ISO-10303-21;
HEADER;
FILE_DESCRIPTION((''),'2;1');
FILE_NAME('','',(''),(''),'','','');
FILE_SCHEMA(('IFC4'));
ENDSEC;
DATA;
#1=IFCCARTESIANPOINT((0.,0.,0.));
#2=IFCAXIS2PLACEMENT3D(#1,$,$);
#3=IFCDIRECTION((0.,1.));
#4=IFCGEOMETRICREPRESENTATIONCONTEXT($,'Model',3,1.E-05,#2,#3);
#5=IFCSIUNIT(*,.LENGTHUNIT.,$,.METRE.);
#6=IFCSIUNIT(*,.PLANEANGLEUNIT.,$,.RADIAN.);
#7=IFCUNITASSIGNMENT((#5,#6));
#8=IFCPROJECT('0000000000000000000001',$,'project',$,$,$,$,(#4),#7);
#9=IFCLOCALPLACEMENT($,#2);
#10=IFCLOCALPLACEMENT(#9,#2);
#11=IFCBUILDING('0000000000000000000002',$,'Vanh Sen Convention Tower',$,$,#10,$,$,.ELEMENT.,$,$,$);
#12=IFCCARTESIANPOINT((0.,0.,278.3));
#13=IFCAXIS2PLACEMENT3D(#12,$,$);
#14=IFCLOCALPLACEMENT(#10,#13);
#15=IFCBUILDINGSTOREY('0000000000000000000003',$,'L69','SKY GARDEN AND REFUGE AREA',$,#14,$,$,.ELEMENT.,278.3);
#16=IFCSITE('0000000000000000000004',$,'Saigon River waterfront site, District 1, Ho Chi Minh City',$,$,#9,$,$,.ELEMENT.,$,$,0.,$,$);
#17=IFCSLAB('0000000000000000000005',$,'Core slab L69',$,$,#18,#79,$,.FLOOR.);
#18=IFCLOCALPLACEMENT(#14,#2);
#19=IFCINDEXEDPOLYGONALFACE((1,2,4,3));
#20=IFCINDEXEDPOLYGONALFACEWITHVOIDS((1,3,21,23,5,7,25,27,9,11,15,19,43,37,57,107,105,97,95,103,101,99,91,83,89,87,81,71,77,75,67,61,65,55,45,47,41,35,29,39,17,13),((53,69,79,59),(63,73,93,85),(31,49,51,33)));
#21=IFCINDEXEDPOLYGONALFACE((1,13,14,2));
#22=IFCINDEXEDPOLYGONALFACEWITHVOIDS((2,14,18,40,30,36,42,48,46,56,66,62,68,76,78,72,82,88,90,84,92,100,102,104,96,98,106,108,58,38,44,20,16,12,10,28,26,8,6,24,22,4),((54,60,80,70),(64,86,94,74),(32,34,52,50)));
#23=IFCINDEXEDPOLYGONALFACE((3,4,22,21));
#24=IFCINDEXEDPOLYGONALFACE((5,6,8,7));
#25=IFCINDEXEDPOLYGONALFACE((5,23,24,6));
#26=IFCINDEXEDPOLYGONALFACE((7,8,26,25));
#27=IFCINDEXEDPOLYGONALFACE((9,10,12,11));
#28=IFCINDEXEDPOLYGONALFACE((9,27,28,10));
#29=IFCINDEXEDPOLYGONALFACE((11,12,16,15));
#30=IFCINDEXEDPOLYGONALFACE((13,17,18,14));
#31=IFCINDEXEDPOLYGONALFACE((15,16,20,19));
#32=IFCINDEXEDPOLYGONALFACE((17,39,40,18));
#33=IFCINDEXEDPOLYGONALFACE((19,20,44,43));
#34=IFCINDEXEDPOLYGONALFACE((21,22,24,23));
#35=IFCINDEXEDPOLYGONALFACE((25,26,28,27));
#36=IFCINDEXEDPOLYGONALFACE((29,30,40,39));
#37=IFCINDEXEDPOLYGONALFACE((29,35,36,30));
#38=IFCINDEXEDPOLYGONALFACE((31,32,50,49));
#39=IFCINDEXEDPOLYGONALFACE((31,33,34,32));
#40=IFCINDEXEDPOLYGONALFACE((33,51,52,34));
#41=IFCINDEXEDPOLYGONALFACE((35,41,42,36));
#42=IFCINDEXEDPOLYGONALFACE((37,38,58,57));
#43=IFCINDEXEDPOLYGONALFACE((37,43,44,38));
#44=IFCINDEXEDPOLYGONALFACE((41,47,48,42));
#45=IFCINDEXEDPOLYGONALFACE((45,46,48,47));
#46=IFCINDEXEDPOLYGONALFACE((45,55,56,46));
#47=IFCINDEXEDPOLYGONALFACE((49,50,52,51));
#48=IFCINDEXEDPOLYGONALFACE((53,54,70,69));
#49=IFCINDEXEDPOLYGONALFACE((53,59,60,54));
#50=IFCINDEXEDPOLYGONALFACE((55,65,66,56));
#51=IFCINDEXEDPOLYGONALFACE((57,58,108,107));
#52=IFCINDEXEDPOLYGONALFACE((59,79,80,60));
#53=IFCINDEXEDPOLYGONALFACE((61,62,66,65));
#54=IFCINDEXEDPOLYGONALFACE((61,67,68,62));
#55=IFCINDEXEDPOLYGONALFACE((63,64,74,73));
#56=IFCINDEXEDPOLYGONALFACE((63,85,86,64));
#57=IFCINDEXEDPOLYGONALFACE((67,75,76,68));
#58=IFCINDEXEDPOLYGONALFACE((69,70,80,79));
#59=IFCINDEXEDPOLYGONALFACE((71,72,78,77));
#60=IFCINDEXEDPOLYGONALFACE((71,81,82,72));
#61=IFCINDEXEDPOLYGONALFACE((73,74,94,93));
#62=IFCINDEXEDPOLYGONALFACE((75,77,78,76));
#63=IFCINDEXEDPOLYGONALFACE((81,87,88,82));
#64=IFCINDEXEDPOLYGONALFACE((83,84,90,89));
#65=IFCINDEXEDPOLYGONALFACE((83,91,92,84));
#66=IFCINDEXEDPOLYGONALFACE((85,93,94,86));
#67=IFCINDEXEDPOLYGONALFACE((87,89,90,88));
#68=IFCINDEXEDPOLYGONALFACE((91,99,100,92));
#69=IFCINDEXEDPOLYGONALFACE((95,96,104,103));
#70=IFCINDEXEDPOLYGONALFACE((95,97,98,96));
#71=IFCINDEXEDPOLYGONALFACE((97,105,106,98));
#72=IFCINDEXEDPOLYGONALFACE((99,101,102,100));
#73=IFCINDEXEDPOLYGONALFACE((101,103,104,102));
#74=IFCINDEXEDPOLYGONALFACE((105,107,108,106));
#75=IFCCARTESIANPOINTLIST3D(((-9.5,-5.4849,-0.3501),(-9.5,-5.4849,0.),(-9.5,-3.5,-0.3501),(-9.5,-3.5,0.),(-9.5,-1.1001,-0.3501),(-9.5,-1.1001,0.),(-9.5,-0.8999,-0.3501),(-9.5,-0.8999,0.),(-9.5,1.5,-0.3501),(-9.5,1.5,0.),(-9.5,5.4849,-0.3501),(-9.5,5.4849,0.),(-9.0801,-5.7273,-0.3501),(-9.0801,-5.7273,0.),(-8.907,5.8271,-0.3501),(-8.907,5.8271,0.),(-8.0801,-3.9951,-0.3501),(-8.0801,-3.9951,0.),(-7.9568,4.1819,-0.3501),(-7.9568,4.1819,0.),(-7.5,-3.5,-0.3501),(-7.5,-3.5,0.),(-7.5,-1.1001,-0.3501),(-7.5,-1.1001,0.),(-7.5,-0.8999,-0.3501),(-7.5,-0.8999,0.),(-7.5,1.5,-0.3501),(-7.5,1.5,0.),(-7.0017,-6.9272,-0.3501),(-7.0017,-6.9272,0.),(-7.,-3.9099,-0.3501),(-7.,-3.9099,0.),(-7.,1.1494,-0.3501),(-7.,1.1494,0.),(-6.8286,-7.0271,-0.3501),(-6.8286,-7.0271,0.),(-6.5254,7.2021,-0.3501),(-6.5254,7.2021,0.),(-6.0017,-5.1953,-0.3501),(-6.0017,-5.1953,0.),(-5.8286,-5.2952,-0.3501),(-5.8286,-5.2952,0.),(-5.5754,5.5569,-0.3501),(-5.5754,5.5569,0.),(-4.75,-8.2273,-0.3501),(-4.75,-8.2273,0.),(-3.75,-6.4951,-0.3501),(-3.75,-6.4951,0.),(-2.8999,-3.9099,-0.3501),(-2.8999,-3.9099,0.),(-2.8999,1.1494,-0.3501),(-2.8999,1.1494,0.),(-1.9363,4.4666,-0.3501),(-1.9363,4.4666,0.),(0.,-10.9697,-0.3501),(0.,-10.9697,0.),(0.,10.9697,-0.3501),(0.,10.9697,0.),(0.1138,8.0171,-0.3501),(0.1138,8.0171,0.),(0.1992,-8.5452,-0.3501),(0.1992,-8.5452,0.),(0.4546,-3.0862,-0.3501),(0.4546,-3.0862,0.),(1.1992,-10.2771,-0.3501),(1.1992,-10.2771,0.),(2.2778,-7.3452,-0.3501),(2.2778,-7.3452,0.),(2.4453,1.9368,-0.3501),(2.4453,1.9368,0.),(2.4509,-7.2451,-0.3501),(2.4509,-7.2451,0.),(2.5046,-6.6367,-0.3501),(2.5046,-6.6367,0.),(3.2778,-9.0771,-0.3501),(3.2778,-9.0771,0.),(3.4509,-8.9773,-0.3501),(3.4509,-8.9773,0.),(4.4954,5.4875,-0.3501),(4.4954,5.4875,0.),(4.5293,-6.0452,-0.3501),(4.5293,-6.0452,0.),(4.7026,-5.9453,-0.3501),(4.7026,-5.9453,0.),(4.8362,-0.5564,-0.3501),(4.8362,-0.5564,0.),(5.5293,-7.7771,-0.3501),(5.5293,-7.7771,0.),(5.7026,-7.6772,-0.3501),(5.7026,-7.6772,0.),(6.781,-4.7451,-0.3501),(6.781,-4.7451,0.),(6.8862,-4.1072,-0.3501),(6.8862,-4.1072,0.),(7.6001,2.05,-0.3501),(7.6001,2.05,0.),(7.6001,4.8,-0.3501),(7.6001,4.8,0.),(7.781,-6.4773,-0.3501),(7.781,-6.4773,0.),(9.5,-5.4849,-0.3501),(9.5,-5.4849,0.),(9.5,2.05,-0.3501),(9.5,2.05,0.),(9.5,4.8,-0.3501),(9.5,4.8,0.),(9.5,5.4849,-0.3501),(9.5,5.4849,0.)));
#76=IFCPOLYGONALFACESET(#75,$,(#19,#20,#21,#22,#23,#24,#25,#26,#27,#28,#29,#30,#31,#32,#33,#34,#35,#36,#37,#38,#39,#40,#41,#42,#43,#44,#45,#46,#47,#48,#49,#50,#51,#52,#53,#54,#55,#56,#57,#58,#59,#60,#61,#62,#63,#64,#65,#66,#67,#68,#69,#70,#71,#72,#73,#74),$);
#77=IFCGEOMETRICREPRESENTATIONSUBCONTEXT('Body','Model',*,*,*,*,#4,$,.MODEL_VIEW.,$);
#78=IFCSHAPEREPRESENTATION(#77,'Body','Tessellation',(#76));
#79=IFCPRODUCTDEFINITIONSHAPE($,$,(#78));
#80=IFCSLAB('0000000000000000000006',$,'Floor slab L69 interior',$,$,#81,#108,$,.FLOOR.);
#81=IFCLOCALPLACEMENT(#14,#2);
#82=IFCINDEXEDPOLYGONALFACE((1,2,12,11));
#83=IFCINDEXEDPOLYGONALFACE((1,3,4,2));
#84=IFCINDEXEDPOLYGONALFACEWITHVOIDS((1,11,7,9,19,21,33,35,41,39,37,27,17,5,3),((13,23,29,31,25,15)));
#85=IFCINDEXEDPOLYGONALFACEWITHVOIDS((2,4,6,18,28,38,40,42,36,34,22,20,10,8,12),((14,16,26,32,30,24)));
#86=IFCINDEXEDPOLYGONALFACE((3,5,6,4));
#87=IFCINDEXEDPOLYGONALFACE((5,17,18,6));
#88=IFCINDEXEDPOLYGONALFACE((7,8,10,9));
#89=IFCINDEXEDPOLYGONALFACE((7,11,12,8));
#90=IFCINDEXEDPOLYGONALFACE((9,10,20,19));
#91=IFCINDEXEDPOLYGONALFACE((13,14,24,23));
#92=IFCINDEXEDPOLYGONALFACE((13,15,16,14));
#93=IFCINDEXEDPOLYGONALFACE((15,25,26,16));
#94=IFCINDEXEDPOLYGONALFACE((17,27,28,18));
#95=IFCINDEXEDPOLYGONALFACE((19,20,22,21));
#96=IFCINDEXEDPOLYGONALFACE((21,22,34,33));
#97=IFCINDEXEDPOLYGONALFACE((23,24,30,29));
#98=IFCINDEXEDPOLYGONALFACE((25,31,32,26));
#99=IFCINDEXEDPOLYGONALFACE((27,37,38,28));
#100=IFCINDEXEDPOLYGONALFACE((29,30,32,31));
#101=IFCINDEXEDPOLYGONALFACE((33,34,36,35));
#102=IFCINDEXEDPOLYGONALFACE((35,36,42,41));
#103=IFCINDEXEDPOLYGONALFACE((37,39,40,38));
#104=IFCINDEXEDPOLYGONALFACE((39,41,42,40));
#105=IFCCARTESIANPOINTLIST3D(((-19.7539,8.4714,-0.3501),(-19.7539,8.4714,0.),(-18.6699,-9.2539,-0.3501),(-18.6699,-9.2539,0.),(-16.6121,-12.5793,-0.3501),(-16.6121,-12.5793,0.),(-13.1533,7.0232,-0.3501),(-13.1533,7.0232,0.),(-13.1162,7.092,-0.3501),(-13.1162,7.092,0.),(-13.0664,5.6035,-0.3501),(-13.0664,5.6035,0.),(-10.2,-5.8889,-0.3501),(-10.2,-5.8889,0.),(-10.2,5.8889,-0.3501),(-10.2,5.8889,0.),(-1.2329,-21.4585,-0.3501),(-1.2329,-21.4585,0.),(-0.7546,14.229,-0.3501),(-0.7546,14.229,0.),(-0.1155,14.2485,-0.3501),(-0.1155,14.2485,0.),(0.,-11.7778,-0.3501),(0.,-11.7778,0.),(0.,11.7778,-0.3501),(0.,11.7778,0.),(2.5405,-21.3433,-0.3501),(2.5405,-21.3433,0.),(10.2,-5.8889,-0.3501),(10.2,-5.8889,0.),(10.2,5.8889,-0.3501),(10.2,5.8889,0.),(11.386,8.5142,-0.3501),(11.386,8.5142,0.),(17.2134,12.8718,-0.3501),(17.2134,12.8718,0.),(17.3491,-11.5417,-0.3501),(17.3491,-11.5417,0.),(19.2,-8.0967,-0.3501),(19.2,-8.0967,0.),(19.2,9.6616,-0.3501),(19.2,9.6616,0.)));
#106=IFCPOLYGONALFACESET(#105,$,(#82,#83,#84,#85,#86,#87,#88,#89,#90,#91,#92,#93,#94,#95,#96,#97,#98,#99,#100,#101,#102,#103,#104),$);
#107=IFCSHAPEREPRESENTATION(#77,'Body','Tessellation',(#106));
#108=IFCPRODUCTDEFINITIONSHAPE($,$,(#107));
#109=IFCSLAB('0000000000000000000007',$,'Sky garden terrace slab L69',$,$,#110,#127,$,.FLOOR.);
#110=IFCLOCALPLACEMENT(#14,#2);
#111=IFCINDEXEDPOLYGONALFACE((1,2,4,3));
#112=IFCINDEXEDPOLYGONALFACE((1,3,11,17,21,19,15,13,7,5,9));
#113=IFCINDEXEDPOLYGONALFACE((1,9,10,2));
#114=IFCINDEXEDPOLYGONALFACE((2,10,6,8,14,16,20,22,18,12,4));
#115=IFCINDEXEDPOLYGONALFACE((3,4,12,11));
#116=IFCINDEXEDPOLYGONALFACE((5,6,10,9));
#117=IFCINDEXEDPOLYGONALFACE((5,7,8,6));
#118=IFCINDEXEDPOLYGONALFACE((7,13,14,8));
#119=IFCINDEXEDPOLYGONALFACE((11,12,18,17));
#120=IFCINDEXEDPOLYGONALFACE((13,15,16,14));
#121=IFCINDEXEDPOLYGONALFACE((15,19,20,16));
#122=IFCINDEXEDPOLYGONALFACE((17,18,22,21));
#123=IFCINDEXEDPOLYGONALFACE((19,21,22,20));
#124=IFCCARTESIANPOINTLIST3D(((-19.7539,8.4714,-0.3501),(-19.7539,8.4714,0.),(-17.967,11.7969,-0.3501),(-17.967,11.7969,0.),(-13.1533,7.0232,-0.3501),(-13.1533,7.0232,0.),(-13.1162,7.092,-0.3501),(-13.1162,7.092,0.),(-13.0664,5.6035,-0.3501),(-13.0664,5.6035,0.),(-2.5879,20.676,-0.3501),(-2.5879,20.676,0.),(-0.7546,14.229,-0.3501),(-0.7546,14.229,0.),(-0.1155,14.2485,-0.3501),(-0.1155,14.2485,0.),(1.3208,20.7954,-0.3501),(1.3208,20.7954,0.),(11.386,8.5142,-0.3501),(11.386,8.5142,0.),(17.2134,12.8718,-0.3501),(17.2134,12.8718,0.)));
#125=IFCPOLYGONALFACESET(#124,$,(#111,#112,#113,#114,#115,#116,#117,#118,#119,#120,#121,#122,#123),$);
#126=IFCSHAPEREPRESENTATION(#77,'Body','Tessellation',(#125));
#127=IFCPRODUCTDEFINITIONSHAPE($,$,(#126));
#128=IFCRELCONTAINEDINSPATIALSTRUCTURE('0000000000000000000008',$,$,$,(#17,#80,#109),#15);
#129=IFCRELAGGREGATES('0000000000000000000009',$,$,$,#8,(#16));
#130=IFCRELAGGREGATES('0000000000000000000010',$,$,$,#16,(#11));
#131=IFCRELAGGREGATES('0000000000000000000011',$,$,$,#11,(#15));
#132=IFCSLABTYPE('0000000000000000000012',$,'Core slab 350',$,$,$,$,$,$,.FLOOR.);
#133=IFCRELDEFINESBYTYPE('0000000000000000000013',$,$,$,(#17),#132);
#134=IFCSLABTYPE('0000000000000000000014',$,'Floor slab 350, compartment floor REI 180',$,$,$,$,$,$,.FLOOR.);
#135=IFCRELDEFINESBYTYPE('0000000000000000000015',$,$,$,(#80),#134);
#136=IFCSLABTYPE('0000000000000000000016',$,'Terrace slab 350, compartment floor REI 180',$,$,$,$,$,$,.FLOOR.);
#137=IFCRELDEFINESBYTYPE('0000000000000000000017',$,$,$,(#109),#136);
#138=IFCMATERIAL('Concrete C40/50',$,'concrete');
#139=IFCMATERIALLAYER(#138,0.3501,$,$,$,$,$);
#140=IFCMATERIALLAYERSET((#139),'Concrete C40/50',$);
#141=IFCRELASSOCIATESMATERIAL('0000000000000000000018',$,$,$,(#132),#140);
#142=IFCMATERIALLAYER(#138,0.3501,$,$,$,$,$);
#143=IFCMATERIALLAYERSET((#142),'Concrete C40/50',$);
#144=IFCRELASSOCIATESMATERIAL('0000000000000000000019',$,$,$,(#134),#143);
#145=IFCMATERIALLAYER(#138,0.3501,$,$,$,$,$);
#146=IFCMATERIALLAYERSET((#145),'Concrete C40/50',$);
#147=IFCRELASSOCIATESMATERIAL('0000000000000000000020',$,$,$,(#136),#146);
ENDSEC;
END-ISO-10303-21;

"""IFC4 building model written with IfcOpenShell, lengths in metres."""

from ifc_helpers import new_model, si_unit, direction, frame, origin, place, context, subcontext, project, spatial, polyline, outline, extrude, material, layer, layer_set, type_object, element, save


model = new_model("IFC4")

# Units and contexts
model_context = context("Model", 3, precision=1e-05, world=origin(), true_north=direction((0.0, 1.0)))
body_context = subcontext(model_context, "Body", "Model", "MODEL_VIEW")
ifc_project = project(units=[si_unit("LENGTHUNIT", "METRE"), si_unit("PLANEANGLEUNIT", "RADIAN")], contexts=[model_context])

# Site, building, storey
site_placement = place(None, origin())
site = spatial("IfcSite", under=ifc_project, at=site_placement, Name="Saigon River waterfront site, District 1, Ho Chi Minh City", CompositionType="ELEMENT", RefElevation=0.0)
building_placement = place(site_placement, origin())
building = spatial("IfcBuilding", under=site, at=building_placement, Name="Vanh Sen Convention Tower", CompositionType="ELEMENT")
storey_placement = place(building_placement, frame((0.0, 0.0, 278.3)))
storey = spatial("IfcBuildingStorey", under=building, at=storey_placement, Name="L69", Description="SKY GARDEN AND REFUGE AREA", CompositionType="ELEMENT", Elevation=278.3)

# Slabs
ifc_material_1 = material(Name="Concrete C40/50", Category="concrete")
ifc_layer_1 = layer(ifc_material_1, 0.3501)
ifc_layer_set_1 = layer_set([ifc_layer_1], Name="Concrete C40/50")
slab_type_1 = type_object("IfcSlabType", Name="Core slab 350", PredefinedType="FLOOR", material=ifc_layer_set_1)
slab_1_placement = place(storey_placement, frame((0.0, 0.0, -0.3501)))
element("IfcSlab", 1, at=slab_1_placement, inside=storey, type_object=slab_type_1, Name="Core slab L69", PredefinedType="FLOOR", context=body_context, shape_type="SweptSolid", body=[
    extrude(outline(polyline([(0.0, 10.9697), (9.5, 5.4849), (9.5, 4.8), (7.6001, 4.8), (7.6001, 2.05), (9.5, 2.05), (9.5, -5.4849), (7.781, -6.4773), (6.781, -4.7451), (4.7026, -5.9453), (5.7026, -7.6772), (5.5293, -7.7771), (4.5293, -6.0452), (2.4509, -7.2451), (3.4509, -8.9773), (3.2778, -9.0771), (2.2778, -7.3452), (0.1992, -8.5452), (1.1992, -10.2771), (0.0, -10.9697), (-4.75, -8.2273), (-3.75, -6.4951), (-5.8286, -5.2952), (-6.8286, -7.0271), (-7.0017, -6.9272), (-6.0017, -5.1953), (-8.0801, -3.9951), (-9.0801, -5.7273), (-9.5, -5.4849), (-9.5, -3.5), (-7.5, -3.5), (-7.5, -1.1001), (-9.5, -1.1001), (-9.5, -0.8999), (-7.5, -0.8999), (-7.5, 1.5), (-9.5, 1.5), (-9.5, 5.4849), (-8.907, 5.8271), (-7.9568, 4.1819), (-5.5754, 5.5569), (-6.5254, 7.2021), (0.0, 10.9697)]), holes=[polyline([(-7.0, 1.1494), (-7.0, -3.9099), (-2.8999, -3.9099), (-2.8999, 1.1494), (-7.0, 1.1494)]), polyline([(2.5046, -6.6367), (6.8862, -4.1072), (4.8362, -0.5564), (0.4546, -3.0862), (2.5046, -6.6367)]), polyline([(0.1138, 8.0171), (-1.9363, 4.4666), (2.4453, 1.9368), (4.4954, 5.4875), (0.1138, 8.0171)])]), origin(), (0.0, 0.0, 1.0), 0.3501),
])
ifc_layer_2 = layer(ifc_material_1, 0.3501)
ifc_layer_set_2 = layer_set([ifc_layer_2], Name="Concrete C40/50")
slab_type_2 = type_object("IfcSlabType", Name="Floor slab 350, compartment floor REI 180", PredefinedType="FLOOR", material=ifc_layer_set_2)
slab_2_placement = place(storey_placement, frame((0.0, 0.0, -0.3501)))
element("IfcSlab", 2, at=slab_2_placement, inside=storey, type_object=slab_type_2, Name="Floor slab L69 interior", PredefinedType="FLOOR", context=body_context, shape_type="SweptSolid", body=[
    extrude(outline(polyline([(17.2134, 12.8718), (17.2134, 12.8718), (11.386, 8.5142), (-0.1155, 14.2485), (-0.7546, 14.229), (-13.1162, 7.092), (-13.1533, 7.0232), (-13.0664, 5.6035), (-19.7539, 8.4714), (-18.6699, -9.2539), (-16.6121, -12.5793), (-1.2329, -21.4585), (2.5405, -21.3433), (17.3491, -11.5417), (19.2, -8.0967), (19.2, 9.6616), (17.2134, 12.8718)]), holes=[polyline([(0.0, 11.7778), (-10.2, 5.8889), (-10.2, -5.8889), (0.0, -11.7778), (10.2, -5.8889), (10.2, 5.8889), (0.0, 11.7778)])]), origin(), (0.0, 0.0, 1.0), 0.3501),
])
ifc_layer_3 = layer(ifc_material_1, 0.3501)
ifc_layer_set_3 = layer_set([ifc_layer_3], Name="Concrete C40/50")
slab_type_3 = type_object("IfcSlabType", Name="Terrace slab 350, compartment floor REI 180", PredefinedType="FLOOR", material=ifc_layer_set_3)
slab_3_placement = place(storey_placement, frame((0.0, 0.0, -0.3501)))
element("IfcSlab", 3, at=slab_3_placement, inside=storey, type_object=slab_type_3, Name="Sky garden terrace slab L69", PredefinedType="FLOOR", context=body_context, shape_type="SweptSolid", body=[
    extrude(outline(polyline([(-19.7539, 8.4714), (-13.0664, 5.6035), (-13.1533, 7.0232), (-13.1162, 7.092), (-0.7546, 14.229), (-0.1155, 14.2485), (11.386, 8.5142), (17.2134, 12.8718), (1.3208, 20.7954), (-2.5879, 20.676), (-17.967, 11.7969), (-19.7539, 8.4714), (-19.7539, 8.4714)])), origin(), (0.0, 0.0, 1.0), 0.3501),
])

save(model, "model.ifc")
